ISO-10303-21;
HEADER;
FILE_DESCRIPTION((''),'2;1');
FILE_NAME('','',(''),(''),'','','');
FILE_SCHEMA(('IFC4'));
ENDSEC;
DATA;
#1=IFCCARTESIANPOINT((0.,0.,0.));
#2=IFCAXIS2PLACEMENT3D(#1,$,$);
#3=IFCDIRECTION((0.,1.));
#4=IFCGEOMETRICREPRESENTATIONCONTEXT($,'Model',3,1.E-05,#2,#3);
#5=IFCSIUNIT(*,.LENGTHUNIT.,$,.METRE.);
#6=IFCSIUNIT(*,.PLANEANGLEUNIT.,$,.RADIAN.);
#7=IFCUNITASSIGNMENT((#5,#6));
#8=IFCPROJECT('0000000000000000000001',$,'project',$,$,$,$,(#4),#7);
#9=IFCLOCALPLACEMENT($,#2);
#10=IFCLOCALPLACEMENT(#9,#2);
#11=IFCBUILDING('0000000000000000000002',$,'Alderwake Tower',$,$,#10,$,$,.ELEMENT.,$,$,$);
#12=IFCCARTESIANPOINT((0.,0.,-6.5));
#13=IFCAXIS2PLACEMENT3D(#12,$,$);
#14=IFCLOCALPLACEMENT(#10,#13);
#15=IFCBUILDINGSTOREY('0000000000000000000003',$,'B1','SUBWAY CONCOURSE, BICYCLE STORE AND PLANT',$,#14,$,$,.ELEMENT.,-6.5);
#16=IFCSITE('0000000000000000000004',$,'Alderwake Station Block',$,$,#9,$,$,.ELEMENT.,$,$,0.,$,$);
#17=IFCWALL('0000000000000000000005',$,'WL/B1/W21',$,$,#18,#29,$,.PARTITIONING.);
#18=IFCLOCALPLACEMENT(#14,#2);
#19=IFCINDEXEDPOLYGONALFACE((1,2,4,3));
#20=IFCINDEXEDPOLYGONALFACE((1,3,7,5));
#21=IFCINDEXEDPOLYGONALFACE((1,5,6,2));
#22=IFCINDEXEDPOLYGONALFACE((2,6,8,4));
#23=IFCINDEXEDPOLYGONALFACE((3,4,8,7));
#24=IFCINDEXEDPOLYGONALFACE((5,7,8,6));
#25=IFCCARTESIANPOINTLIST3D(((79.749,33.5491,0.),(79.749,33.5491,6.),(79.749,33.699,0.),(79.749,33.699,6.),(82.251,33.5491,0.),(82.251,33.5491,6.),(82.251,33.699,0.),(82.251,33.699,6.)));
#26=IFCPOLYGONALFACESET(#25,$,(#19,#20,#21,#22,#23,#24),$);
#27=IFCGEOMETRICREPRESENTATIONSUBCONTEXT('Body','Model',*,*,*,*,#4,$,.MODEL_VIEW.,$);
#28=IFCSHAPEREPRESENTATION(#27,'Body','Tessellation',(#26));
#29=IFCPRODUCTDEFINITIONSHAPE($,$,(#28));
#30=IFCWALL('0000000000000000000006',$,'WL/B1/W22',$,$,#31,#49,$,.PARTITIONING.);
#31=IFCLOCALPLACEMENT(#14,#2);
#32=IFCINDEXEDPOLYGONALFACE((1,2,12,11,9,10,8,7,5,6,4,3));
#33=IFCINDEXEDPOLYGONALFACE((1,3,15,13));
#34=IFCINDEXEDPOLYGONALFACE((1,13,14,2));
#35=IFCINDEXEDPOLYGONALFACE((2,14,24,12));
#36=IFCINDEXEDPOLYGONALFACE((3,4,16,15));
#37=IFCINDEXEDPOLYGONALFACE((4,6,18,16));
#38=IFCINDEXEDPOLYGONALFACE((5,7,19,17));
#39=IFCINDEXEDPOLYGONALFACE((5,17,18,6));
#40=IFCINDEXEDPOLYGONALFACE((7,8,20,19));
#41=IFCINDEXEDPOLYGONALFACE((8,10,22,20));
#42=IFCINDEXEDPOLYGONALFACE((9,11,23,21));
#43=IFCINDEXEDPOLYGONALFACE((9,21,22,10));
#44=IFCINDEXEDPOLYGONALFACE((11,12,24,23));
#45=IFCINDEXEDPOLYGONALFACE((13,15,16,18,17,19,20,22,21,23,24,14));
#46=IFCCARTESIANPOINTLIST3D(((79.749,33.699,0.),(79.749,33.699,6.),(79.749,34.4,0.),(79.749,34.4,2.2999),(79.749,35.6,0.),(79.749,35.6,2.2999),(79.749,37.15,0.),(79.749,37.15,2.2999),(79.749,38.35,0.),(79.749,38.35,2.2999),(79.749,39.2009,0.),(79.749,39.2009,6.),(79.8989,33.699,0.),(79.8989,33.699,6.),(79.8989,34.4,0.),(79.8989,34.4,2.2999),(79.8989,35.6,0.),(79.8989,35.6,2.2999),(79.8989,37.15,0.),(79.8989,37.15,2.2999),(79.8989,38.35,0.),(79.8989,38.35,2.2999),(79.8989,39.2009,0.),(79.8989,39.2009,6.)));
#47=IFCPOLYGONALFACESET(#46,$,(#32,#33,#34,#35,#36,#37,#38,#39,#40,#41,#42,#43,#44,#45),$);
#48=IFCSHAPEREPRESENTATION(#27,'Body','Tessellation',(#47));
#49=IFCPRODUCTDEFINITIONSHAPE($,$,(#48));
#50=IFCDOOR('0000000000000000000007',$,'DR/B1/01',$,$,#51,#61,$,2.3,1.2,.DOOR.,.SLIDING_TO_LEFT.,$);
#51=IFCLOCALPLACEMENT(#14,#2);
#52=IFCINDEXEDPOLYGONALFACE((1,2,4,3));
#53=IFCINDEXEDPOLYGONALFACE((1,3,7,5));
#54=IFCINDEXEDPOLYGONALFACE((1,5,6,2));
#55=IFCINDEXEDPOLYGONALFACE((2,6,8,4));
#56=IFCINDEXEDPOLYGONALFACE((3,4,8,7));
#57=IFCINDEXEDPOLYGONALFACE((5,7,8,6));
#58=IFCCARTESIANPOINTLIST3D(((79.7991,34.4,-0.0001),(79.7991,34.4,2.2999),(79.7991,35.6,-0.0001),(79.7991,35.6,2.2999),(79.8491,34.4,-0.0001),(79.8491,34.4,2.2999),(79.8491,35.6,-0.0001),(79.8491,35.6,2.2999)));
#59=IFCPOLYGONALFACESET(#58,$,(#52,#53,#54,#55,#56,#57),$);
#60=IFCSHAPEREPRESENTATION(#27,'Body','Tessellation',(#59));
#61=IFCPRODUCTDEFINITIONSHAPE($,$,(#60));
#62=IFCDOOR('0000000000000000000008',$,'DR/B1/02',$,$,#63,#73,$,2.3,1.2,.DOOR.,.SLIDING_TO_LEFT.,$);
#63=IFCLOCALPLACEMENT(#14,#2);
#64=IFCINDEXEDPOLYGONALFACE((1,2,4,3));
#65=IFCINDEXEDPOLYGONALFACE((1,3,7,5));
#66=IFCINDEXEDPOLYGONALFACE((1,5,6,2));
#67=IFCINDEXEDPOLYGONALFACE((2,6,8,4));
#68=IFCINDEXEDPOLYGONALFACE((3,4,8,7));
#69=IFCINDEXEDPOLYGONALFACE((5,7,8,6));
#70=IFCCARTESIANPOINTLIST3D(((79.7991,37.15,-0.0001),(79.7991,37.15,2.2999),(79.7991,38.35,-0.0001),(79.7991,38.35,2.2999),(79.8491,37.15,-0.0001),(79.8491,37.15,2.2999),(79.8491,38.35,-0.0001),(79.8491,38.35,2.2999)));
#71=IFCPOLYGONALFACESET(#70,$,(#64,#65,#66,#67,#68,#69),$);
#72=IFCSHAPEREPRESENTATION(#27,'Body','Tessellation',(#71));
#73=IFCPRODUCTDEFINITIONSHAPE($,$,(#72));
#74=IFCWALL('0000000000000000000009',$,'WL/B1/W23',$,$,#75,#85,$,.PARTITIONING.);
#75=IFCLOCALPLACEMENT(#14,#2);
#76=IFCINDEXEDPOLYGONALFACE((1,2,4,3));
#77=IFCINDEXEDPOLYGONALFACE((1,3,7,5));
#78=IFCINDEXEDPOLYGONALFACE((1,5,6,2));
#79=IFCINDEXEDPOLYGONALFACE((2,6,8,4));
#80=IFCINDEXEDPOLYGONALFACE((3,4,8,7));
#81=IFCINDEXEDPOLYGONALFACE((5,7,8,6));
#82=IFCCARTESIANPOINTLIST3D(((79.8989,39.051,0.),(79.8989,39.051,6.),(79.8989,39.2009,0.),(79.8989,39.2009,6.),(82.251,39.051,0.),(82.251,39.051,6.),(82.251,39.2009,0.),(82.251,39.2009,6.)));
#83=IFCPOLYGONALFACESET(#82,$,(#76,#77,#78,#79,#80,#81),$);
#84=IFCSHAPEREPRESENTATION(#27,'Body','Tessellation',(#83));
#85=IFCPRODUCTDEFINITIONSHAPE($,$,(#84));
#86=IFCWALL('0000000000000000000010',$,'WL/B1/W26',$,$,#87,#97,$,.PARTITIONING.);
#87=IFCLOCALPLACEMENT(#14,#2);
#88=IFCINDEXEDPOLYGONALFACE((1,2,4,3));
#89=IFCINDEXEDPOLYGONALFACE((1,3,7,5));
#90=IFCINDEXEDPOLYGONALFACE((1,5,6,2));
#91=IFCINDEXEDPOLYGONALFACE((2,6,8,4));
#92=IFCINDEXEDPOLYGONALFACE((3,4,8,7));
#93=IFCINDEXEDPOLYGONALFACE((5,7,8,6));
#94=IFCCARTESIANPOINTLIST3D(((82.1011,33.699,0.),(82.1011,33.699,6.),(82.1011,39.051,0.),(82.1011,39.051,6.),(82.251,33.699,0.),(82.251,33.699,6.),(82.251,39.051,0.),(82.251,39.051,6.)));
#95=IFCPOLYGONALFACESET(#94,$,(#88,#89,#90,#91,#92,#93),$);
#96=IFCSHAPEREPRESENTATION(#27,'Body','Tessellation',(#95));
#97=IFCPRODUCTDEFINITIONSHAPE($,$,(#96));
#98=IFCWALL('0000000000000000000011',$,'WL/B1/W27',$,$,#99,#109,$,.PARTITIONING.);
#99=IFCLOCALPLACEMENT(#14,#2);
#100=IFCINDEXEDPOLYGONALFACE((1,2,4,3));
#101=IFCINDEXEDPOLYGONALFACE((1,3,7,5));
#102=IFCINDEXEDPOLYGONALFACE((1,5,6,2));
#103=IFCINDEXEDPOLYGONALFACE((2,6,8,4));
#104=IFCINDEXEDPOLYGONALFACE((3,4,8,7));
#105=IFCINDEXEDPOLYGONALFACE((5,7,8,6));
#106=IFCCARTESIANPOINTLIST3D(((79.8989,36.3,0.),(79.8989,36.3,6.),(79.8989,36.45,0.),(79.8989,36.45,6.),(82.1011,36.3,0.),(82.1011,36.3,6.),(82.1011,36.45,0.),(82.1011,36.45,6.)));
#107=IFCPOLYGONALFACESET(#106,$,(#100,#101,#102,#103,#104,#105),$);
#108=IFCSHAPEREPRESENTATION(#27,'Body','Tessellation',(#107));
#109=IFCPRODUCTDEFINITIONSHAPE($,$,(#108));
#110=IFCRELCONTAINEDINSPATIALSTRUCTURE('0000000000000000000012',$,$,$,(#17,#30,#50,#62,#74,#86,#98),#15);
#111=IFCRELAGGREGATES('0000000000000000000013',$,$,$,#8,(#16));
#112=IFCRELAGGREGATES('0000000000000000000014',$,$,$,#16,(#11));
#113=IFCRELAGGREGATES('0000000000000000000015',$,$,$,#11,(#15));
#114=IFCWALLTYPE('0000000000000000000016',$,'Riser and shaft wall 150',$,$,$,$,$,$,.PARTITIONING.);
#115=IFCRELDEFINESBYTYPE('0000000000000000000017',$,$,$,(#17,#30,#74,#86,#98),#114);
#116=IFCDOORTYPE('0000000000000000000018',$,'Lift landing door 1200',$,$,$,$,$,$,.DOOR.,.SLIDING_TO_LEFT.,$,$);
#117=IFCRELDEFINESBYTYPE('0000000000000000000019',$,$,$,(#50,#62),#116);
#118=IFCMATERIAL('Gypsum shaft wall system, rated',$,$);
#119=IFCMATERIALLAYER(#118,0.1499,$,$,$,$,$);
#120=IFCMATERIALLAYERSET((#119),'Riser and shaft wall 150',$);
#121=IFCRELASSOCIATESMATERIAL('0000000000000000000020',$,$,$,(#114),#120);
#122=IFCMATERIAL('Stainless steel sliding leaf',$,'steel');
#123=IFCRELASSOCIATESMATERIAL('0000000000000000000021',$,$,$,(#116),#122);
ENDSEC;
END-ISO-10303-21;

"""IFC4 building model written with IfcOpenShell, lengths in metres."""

from ifc_helpers import new_model, si_unit, direction, frame, frame_2d, origin, place, context, subcontext, project, spatial, rectangle, extrude, material, layer, layer_set, type_object, element, fill, save


model = new_model("IFC4")

# Units and contexts
model_context = context("Model", 3, precision=1e-05, world=origin(), true_north=direction((0.0, 1.0)))
body_context = subcontext(model_context, "Body", "Model", "MODEL_VIEW")
ifc_project = project(units=[si_unit("LENGTHUNIT", "METRE"), si_unit("PLANEANGLEUNIT", "RADIAN")], contexts=[model_context])

# Site, building, storey
site_placement = place(None, origin())
site = spatial("IfcSite", under=ifc_project, at=site_placement, Name="Alderwake Station Block", CompositionType="ELEMENT", RefElevation=0.0)
building_placement = place(site_placement, origin())
building = spatial("IfcBuilding", under=site, at=building_placement, Name="Alderwake Tower", CompositionType="ELEMENT")
storey_placement = place(building_placement, frame((0.0, 0.0, -6.5)))
storey = spatial("IfcBuildingStorey", under=building, at=storey_placement, Name="B1", Description="SUBWAY CONCOURSE, BICYCLE STORE AND PLANT", CompositionType="ELEMENT", Elevation=-6.5)

# Wall
ifc_material_1 = material(Name="Gypsum shaft wall system, rated")
ifc_layer_1 = layer(ifc_material_1, 0.1499)
ifc_layer_set_1 = layer_set([ifc_layer_1], Name="Riser and shaft wall 150")
wall_type_1 = type_object("IfcWallType", Name="Riser and shaft wall 150", PredefinedType="PARTITIONING", material=ifc_layer_set_1)
wall_1_placement = place(storey_placement, frame((79.749, 33.624, 0.0), z_axis=(0.0, 0.0, 1.0), x_axis=(1.0, 0.0, 0.0)))
element("IfcWall", 1, at=wall_1_placement, inside=storey, type_object=wall_type_1, Name="WL/B1/W21", PredefinedType="PARTITIONING", context=body_context, shape_type="SweptSolid", body=[
    extrude(rectangle(XDim=2.502, YDim=0.1499, at=frame_2d((1.251, 0.0))), origin(), (0.0, 0.0, 1.0), 6.0),
])

# Wall, openings, doors
wall_2_placement = place(storey_placement, frame((79.824, 33.699, 0.0), z_axis=(0.0, 0.0, 1.0), x_axis=(0.0, 1.0, 0.0)))
wall_2 = element("IfcWall", 2, at=wall_2_placement, inside=storey, type_object=wall_type_1, Name="WL/B1/W22", PredefinedType="PARTITIONING", context=body_context, shape_type="SweptSolid", body=[
    extrude(rectangle(XDim=5.502, YDim=0.1499, at=frame_2d((2.751, 0.0))), origin(), (0.0, 0.0, 1.0), 6.0),
])
opening_1_placement = place(wall_2_placement, frame((0.7009, 0.0, 0.0)))
opening_1 = element("IfcOpeningElement", 3, at=opening_1_placement, cuts=wall_2, PredefinedType="OPENING", context=body_context, shape_type="SweptSolid", body=[
    extrude(rectangle(XDim=1.2, YDim=2.3, at=frame_2d((0.6001, 1.1499))), frame((0.0, 0.085, 0.0), z_axis=(0.0, -1.0, 0.0), x_axis=(1.0, 0.0, 0.0)), (0.0, 0.0, 1.0), 0.1699),
])
opening_2_placement = place(wall_2_placement, frame((3.4509, 0.0, 0.0)))
opening_2 = element("IfcOpeningElement", 4, at=opening_2_placement, cuts=wall_2, PredefinedType="OPENING", context=body_context, shape_type="SweptSolid", body=[
    extrude(rectangle(XDim=1.2, YDim=2.3, at=frame_2d((0.6001, 1.1499))), frame((0.0, 0.085, 0.0), z_axis=(0.0, -1.0, 0.0), x_axis=(1.0, 0.0, 0.0)), (0.0, 0.0, 1.0), 0.1699),
])
ifc_material_2 = material(Name="Stainless steel sliding leaf", Category="steel")
door_type_1 = type_object("IfcDoorType", Name="Lift landing door 1200", OperationType="SLIDING_TO_LEFT", PredefinedType="DOOR", material=ifc_material_2)
door_1_placement = place(opening_1_placement, origin())
door_1 = element("IfcDoor", 5, at=door_1_placement, inside=storey, type_object=door_type_1, Name="DR/B1/01", OperationType="SLIDING_TO_LEFT", OverallHeight=2.3, OverallWidth=1.2, PredefinedType="DOOR", context=body_context, shape_type="SweptSolid", body=[
    extrude(rectangle(XDim=1.2, YDim=2.3, at=frame_2d((0.6001, 1.1499))), frame((0.0, 0.0249, 0.0), z_axis=(0.0, -1.0, 0.0), x_axis=(1.0, 0.0, 0.0)), (0.0, 0.0, 1.0), 0.05),
])
fill(opening_1, door_1)
door_2_placement = place(opening_2_placement, origin())
door_2 = element("IfcDoor", 6, at=door_2_placement, inside=storey, type_object=door_type_1, Name="DR/B1/02", OperationType="SLIDING_TO_LEFT", OverallHeight=2.3, OverallWidth=1.2, PredefinedType="DOOR", context=body_context, shape_type="SweptSolid", body=[
    extrude(rectangle(XDim=1.2, YDim=2.3, at=frame_2d((0.6001, 1.1499))), frame((0.0, 0.0249, 0.0), z_axis=(0.0, -1.0, 0.0), x_axis=(1.0, 0.0, 0.0)), (0.0, 0.0, 1.0), 0.05),
])
fill(opening_2, door_2)

# Walls
wall_3_placement = place(storey_placement, frame((79.8989, 39.126, 0.0), z_axis=(0.0, 0.0, 1.0), x_axis=(1.0, 0.0, 0.0)))
element("IfcWall", 7, at=wall_3_placement, inside=storey, type_object=wall_type_1, Name="WL/B1/W23", PredefinedType="PARTITIONING", context=body_context, shape_type="SweptSolid", body=[
    extrude(rectangle(XDim=2.3521, YDim=0.1499, at=frame_2d((1.176, 0.0))), origin(), (0.0, 0.0, 1.0), 6.0),
])
wall_4_placement = place(storey_placement, frame((82.176, 33.699, 0.0), z_axis=(0.0, 0.0, 1.0), x_axis=(0.0, 1.0, 0.0)))
element("IfcWall", 8, at=wall_4_placement, inside=storey, type_object=wall_type_1, Name="WL/B1/W26", PredefinedType="PARTITIONING", context=body_context, shape_type="SweptSolid", body=[
    extrude(rectangle(XDim=5.3521, YDim=0.1499, at=frame_2d((2.676, 0.0))), origin(), (0.0, 0.0, 1.0), 6.0),
])
wall_5_placement = place(storey_placement, frame((82.1011, 36.375, 0.0), z_axis=(0.0, 0.0, 1.0), x_axis=(-1.0, 0.0, 0.0)))
element("IfcWall", 9, at=wall_5_placement, inside=storey, type_object=wall_type_1, Name="WL/B1/W27", PredefinedType="PARTITIONING", context=body_context, shape_type="SweptSolid", body=[
    extrude(rectangle(XDim=2.2021, YDim=0.1499, at=frame_2d((1.1011, 0.0))), origin(), (0.0, 0.0, 1.0), 6.0),
])

save(model, "model.ifc")
